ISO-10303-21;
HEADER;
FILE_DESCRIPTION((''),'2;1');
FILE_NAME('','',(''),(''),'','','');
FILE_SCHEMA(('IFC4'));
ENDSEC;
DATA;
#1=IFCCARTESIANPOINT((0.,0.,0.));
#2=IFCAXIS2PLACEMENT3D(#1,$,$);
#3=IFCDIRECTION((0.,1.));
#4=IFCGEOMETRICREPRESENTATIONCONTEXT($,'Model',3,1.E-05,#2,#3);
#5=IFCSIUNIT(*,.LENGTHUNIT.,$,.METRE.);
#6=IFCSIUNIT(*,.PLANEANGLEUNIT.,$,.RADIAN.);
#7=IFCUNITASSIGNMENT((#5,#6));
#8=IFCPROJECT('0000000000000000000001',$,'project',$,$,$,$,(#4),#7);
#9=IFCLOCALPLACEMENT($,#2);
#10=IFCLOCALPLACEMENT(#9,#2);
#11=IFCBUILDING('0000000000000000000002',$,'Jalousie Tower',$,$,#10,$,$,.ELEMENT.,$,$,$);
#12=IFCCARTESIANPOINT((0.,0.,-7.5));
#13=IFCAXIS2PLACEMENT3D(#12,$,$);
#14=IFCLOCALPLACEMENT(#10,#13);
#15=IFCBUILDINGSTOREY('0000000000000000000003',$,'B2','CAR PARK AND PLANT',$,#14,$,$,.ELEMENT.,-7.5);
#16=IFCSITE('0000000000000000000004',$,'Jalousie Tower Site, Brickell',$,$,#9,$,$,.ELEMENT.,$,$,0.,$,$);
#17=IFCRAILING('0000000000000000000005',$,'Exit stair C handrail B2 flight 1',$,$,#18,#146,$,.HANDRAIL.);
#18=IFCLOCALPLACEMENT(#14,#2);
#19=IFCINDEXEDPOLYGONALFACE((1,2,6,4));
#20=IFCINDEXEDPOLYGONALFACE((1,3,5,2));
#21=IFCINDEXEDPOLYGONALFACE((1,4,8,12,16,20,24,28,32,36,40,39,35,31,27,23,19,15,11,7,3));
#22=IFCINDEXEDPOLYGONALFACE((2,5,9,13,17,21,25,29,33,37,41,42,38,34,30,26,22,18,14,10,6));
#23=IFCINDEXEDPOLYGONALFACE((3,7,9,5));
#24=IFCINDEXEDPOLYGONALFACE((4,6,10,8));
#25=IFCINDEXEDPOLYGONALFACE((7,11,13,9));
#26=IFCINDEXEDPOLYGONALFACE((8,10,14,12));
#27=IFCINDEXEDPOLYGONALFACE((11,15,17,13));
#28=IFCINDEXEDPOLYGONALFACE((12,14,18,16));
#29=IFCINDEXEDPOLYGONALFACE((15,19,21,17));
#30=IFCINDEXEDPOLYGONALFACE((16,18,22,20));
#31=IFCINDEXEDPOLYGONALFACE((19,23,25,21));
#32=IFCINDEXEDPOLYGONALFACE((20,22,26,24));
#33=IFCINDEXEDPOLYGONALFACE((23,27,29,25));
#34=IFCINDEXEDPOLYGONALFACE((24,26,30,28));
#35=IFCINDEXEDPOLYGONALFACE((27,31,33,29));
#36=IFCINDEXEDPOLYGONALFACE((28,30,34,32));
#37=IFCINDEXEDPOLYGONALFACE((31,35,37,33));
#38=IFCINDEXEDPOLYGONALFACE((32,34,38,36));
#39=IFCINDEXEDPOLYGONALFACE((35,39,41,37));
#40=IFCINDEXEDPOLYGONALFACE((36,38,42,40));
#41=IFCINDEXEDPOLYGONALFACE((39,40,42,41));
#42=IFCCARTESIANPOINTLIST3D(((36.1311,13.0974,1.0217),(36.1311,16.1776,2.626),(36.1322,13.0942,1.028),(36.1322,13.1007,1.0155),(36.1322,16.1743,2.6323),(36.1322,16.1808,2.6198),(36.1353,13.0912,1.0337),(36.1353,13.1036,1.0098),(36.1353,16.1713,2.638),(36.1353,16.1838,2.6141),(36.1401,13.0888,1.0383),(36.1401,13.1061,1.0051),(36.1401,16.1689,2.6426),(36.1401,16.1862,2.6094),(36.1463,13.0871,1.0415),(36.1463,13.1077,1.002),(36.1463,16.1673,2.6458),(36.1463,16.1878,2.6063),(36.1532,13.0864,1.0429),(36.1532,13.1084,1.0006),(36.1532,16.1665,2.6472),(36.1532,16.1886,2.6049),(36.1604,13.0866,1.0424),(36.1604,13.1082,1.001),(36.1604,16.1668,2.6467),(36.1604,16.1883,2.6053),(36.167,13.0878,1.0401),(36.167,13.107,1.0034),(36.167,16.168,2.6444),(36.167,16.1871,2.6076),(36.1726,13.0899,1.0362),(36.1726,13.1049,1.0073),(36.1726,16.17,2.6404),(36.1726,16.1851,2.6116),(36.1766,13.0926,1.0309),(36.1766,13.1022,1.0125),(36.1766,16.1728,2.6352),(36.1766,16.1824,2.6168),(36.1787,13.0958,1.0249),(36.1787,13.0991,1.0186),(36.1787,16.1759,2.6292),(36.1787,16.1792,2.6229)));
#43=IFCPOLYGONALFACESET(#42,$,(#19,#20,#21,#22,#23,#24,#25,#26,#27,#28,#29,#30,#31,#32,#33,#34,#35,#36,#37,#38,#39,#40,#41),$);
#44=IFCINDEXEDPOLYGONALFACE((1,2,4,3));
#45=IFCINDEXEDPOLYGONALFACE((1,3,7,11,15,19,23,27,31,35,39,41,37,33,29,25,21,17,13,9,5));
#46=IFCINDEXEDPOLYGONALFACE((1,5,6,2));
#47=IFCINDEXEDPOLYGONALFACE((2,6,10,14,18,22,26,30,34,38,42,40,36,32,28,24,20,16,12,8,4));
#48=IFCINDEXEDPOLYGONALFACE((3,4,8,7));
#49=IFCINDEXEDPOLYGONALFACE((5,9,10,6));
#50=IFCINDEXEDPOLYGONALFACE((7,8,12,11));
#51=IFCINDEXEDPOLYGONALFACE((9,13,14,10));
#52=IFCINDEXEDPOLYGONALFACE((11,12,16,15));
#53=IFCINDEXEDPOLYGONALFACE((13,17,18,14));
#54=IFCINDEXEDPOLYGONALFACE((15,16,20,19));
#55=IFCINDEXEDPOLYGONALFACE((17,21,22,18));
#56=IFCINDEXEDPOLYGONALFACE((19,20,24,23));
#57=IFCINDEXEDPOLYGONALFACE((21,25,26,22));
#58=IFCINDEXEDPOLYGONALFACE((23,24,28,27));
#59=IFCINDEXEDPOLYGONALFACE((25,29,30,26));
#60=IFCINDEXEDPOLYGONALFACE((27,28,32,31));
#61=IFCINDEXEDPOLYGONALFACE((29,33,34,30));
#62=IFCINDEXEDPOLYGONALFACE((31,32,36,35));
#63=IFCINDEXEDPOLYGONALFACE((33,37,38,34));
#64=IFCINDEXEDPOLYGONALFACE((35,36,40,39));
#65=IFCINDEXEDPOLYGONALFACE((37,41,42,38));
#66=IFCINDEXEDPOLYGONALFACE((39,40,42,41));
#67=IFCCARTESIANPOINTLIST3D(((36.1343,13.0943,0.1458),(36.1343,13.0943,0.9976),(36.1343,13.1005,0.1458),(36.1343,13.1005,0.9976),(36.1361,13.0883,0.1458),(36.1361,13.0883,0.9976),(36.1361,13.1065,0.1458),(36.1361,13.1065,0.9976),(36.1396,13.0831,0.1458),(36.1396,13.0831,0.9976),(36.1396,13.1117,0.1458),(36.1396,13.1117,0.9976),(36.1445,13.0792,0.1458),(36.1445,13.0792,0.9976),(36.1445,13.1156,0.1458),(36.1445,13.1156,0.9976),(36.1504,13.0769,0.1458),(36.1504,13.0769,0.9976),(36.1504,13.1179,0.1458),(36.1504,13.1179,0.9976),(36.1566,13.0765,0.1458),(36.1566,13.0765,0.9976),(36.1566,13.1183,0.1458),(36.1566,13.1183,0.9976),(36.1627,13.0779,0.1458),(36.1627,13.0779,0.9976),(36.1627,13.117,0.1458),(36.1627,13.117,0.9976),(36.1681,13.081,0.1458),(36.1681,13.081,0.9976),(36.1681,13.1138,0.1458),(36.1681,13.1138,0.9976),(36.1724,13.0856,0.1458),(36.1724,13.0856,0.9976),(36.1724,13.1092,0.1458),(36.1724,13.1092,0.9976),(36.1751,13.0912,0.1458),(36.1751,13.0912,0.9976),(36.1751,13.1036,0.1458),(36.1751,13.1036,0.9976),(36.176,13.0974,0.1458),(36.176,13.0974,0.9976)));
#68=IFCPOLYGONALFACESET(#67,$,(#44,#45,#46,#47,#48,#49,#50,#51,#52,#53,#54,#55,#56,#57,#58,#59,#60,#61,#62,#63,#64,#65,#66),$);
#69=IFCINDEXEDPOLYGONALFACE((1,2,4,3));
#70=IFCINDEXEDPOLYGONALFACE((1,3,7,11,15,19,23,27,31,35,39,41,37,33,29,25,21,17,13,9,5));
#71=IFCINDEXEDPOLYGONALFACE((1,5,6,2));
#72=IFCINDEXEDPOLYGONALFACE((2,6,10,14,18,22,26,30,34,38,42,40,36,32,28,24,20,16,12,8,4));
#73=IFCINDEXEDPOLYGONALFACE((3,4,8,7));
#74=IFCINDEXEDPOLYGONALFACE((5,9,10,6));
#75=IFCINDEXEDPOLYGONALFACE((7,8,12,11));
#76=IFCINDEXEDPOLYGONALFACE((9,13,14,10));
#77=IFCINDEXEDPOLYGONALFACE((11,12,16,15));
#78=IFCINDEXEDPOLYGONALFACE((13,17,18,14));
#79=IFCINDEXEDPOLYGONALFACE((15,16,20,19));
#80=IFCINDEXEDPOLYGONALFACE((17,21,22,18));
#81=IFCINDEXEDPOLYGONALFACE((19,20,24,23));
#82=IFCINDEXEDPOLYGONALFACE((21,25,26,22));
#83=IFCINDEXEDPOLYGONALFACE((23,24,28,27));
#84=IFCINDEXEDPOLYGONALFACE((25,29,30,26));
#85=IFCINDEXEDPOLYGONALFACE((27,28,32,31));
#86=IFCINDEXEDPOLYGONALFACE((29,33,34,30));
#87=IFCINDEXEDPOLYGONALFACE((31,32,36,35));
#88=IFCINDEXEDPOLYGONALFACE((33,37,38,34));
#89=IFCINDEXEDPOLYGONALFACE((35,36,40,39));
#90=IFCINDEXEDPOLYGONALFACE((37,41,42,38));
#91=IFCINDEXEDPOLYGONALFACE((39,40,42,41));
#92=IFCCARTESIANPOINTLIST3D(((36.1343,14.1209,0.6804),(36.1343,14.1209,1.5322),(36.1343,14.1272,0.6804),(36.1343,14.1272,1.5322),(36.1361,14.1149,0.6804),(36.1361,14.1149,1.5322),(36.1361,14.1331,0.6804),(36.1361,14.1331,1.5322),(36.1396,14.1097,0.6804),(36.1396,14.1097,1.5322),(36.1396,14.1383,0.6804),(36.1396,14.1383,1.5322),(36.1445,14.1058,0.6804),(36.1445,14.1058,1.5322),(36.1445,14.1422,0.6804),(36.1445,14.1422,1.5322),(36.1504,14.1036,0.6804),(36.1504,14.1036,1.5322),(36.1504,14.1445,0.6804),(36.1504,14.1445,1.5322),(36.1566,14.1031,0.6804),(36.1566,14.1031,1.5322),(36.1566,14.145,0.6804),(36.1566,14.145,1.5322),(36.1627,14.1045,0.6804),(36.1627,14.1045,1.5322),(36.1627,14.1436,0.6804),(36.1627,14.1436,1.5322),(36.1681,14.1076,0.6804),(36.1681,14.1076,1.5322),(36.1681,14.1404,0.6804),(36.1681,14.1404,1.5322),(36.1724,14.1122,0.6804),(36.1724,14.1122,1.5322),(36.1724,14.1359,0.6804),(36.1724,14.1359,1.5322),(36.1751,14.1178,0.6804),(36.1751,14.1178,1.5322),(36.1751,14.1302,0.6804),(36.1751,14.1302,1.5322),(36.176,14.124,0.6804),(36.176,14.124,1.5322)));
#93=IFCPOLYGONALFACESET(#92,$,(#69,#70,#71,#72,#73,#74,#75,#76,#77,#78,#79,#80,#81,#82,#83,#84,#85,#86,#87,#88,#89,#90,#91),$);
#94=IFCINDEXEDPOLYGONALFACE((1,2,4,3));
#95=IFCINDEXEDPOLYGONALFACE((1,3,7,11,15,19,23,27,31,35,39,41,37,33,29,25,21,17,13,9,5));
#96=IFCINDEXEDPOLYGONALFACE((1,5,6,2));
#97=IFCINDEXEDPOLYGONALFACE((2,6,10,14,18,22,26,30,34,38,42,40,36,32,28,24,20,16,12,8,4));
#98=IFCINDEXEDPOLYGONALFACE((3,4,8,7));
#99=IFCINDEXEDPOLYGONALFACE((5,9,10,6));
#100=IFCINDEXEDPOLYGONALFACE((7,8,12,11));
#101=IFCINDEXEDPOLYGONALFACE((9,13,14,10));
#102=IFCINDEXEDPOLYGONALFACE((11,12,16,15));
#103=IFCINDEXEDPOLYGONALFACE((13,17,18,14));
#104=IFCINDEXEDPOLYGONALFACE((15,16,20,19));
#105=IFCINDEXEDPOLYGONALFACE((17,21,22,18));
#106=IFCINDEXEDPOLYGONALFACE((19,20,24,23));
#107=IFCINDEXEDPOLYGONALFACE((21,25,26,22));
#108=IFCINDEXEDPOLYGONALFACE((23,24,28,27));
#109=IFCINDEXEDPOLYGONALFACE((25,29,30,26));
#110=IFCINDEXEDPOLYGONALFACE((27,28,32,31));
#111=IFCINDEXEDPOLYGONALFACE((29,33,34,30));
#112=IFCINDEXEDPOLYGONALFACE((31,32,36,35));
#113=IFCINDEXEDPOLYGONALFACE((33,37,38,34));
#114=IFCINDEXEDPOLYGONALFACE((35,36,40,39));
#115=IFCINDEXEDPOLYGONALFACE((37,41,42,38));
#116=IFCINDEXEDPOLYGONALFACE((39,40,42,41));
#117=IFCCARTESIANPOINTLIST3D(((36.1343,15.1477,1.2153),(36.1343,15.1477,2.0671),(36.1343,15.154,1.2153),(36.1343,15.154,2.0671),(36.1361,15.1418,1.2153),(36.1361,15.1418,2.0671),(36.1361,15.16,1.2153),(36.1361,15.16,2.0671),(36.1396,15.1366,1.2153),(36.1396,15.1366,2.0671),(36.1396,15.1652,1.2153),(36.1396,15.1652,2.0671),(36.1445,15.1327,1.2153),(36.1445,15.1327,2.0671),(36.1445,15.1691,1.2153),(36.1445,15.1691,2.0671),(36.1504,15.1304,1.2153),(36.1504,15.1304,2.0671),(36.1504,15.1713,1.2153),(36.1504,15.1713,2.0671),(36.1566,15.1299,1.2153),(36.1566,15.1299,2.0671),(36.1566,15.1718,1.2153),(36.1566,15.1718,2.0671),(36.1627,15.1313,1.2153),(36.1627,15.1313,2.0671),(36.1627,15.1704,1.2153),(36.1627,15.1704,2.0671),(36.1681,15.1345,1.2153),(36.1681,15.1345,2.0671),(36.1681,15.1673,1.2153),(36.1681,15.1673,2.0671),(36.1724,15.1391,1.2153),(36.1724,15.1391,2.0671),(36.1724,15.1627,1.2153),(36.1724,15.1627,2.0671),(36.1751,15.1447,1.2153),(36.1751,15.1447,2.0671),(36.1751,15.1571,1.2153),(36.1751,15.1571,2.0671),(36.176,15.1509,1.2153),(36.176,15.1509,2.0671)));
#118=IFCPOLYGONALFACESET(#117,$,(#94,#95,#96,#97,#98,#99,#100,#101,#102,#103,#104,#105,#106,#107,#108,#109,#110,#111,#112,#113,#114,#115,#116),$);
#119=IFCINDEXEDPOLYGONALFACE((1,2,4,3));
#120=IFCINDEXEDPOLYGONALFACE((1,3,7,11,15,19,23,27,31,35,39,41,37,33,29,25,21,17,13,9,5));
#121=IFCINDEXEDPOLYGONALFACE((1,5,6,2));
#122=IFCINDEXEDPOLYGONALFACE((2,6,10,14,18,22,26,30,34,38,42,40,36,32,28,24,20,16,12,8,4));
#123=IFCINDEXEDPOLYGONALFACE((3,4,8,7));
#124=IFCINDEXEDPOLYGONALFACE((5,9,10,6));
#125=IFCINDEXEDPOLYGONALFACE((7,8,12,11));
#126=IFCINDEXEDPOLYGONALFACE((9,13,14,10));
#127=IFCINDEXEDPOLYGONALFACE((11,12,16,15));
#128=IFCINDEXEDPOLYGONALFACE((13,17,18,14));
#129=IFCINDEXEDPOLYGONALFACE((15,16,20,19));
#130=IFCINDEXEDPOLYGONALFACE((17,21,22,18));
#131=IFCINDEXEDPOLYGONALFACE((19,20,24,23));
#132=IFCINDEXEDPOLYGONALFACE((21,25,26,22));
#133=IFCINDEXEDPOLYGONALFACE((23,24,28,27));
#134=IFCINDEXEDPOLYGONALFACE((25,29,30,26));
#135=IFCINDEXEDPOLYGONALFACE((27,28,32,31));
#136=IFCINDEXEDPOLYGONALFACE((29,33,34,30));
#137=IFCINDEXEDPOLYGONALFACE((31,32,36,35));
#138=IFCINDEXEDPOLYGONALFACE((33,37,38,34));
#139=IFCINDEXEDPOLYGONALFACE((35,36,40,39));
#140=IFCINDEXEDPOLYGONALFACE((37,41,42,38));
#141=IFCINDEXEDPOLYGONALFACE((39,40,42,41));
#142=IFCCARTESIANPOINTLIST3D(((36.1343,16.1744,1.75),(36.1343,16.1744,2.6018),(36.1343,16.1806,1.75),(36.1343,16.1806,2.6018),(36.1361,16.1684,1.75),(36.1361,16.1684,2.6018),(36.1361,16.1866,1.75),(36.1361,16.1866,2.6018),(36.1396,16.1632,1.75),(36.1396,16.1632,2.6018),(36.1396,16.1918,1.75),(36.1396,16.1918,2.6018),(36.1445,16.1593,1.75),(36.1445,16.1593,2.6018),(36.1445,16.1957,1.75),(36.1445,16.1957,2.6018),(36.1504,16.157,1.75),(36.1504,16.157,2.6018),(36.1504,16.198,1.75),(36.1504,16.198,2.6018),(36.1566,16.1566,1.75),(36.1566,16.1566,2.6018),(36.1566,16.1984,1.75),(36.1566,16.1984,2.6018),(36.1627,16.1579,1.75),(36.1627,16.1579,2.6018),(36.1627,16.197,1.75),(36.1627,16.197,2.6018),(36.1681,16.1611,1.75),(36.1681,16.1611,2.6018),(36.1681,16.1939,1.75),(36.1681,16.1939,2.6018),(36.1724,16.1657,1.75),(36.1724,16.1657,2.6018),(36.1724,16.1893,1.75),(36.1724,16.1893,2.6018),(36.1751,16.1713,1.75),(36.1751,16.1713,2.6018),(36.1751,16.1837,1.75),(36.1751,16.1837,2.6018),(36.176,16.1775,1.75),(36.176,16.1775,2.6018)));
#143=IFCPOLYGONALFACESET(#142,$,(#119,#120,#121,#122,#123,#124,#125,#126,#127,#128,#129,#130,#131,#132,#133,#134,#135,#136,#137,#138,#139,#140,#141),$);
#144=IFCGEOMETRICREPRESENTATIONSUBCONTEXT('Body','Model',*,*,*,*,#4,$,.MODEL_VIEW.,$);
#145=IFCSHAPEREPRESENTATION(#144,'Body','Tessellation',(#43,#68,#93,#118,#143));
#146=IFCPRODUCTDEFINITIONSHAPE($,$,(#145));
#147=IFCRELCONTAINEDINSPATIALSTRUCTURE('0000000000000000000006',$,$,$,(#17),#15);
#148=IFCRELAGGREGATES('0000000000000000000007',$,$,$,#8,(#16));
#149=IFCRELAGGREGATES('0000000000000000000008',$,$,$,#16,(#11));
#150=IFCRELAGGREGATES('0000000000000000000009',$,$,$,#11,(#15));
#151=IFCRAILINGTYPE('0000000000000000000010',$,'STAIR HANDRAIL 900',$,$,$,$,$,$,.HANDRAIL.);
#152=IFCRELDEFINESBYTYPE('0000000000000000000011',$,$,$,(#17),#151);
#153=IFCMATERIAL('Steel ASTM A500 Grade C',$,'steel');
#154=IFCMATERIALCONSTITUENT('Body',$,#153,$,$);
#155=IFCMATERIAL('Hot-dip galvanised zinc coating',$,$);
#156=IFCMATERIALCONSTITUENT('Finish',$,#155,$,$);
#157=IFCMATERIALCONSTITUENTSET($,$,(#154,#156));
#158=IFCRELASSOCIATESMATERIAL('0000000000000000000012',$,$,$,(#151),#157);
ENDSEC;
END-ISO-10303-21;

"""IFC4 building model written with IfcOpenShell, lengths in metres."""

from ifc_helpers import new_model, si_unit, direction, frame, origin, origin_2d, place, context, subcontext, project, spatial, circle, extrude, material, constituent, constituent_set, type_object, element, save


model = new_model("IFC4")

# Units and contexts
model_context = context("Model", 3, precision=1e-05, world=origin(), true_north=direction((0.0, 1.0)))
body_context = subcontext(model_context, "Body", "Model", "MODEL_VIEW")
ifc_project = project(units=[si_unit("LENGTHUNIT", "METRE"), si_unit("PLANEANGLEUNIT", "RADIAN")], contexts=[model_context])

# Site, building, storey
site_placement = place(None, origin())
site = spatial("IfcSite", under=ifc_project, at=site_placement, Name="Jalousie Tower Site, Brickell", CompositionType="ELEMENT", RefElevation=0.0)
building_placement = place(site_placement, origin())
building = spatial("IfcBuilding", under=site, at=building_placement, Name="Jalousie Tower", CompositionType="ELEMENT")
storey_placement = place(building_placement, frame((0.0, 0.0, -7.5)))
storey = spatial("IfcBuildingStorey", under=building, at=storey_placement, Name="B2", Description="CAR PARK AND PLANT", CompositionType="ELEMENT", Elevation=-7.5)

# Railing
ifc_material_1 = material(Name="Steel ASTM A500 Grade C", Category="steel")
ifc_constituent_1 = constituent(ifc_material_1, Name="Body")
ifc_material_2 = material(Name="Hot-dip galvanised zinc coating")
ifc_constituent_2 = constituent(ifc_material_2, Name="Finish")
ifc_constituent_set_1 = constituent_set(constituents=[ifc_constituent_1, ifc_constituent_2])
railing_type_1 = type_object("IfcRailingType", Name="STAIR HANDRAIL 900", PredefinedType="HANDRAIL", material=ifc_constituent_set_1)
railing_1_placement = place(storey_placement, frame((36.155, 13.0974, 0.1458)))
element("IfcRailing", 1, at=railing_1_placement, inside=storey, type_object=railing_type_1, Name="Exit stair C handrail B2 flight 1", PredefinedType="HANDRAIL", context=body_context, shape_type="SweptSolid", body=[
    extrude(circle(Radius=0.0239, at=origin_2d()), frame((0.0, 0.0, 0.876), z_axis=(0.0, 0.886909, 0.461944), x_axis=(-1.0, 0.0, 0.0)), (0.0, 0.0, 1.0), 3.4729),
    extrude(circle(Radius=0.021, at=origin_2d()), origin(), (0.0, 0.0, 1.0), 0.8518),
    extrude(circle(Radius=0.021, at=origin_2d()), frame((0.0, 1.0266, 0.5347)), (0.0, 0.0, 1.0), 0.8518),
    extrude(circle(Radius=0.021, at=origin_2d()), frame((0.0, 2.0535, 1.0696)), (0.0, 0.0, 1.0), 0.8518),
    extrude(circle(Radius=0.021, at=origin_2d()), frame((0.0, 3.0801, 1.6042)), (0.0, 0.0, 1.0), 0.8518),
])

save(model, "model.ifc")
